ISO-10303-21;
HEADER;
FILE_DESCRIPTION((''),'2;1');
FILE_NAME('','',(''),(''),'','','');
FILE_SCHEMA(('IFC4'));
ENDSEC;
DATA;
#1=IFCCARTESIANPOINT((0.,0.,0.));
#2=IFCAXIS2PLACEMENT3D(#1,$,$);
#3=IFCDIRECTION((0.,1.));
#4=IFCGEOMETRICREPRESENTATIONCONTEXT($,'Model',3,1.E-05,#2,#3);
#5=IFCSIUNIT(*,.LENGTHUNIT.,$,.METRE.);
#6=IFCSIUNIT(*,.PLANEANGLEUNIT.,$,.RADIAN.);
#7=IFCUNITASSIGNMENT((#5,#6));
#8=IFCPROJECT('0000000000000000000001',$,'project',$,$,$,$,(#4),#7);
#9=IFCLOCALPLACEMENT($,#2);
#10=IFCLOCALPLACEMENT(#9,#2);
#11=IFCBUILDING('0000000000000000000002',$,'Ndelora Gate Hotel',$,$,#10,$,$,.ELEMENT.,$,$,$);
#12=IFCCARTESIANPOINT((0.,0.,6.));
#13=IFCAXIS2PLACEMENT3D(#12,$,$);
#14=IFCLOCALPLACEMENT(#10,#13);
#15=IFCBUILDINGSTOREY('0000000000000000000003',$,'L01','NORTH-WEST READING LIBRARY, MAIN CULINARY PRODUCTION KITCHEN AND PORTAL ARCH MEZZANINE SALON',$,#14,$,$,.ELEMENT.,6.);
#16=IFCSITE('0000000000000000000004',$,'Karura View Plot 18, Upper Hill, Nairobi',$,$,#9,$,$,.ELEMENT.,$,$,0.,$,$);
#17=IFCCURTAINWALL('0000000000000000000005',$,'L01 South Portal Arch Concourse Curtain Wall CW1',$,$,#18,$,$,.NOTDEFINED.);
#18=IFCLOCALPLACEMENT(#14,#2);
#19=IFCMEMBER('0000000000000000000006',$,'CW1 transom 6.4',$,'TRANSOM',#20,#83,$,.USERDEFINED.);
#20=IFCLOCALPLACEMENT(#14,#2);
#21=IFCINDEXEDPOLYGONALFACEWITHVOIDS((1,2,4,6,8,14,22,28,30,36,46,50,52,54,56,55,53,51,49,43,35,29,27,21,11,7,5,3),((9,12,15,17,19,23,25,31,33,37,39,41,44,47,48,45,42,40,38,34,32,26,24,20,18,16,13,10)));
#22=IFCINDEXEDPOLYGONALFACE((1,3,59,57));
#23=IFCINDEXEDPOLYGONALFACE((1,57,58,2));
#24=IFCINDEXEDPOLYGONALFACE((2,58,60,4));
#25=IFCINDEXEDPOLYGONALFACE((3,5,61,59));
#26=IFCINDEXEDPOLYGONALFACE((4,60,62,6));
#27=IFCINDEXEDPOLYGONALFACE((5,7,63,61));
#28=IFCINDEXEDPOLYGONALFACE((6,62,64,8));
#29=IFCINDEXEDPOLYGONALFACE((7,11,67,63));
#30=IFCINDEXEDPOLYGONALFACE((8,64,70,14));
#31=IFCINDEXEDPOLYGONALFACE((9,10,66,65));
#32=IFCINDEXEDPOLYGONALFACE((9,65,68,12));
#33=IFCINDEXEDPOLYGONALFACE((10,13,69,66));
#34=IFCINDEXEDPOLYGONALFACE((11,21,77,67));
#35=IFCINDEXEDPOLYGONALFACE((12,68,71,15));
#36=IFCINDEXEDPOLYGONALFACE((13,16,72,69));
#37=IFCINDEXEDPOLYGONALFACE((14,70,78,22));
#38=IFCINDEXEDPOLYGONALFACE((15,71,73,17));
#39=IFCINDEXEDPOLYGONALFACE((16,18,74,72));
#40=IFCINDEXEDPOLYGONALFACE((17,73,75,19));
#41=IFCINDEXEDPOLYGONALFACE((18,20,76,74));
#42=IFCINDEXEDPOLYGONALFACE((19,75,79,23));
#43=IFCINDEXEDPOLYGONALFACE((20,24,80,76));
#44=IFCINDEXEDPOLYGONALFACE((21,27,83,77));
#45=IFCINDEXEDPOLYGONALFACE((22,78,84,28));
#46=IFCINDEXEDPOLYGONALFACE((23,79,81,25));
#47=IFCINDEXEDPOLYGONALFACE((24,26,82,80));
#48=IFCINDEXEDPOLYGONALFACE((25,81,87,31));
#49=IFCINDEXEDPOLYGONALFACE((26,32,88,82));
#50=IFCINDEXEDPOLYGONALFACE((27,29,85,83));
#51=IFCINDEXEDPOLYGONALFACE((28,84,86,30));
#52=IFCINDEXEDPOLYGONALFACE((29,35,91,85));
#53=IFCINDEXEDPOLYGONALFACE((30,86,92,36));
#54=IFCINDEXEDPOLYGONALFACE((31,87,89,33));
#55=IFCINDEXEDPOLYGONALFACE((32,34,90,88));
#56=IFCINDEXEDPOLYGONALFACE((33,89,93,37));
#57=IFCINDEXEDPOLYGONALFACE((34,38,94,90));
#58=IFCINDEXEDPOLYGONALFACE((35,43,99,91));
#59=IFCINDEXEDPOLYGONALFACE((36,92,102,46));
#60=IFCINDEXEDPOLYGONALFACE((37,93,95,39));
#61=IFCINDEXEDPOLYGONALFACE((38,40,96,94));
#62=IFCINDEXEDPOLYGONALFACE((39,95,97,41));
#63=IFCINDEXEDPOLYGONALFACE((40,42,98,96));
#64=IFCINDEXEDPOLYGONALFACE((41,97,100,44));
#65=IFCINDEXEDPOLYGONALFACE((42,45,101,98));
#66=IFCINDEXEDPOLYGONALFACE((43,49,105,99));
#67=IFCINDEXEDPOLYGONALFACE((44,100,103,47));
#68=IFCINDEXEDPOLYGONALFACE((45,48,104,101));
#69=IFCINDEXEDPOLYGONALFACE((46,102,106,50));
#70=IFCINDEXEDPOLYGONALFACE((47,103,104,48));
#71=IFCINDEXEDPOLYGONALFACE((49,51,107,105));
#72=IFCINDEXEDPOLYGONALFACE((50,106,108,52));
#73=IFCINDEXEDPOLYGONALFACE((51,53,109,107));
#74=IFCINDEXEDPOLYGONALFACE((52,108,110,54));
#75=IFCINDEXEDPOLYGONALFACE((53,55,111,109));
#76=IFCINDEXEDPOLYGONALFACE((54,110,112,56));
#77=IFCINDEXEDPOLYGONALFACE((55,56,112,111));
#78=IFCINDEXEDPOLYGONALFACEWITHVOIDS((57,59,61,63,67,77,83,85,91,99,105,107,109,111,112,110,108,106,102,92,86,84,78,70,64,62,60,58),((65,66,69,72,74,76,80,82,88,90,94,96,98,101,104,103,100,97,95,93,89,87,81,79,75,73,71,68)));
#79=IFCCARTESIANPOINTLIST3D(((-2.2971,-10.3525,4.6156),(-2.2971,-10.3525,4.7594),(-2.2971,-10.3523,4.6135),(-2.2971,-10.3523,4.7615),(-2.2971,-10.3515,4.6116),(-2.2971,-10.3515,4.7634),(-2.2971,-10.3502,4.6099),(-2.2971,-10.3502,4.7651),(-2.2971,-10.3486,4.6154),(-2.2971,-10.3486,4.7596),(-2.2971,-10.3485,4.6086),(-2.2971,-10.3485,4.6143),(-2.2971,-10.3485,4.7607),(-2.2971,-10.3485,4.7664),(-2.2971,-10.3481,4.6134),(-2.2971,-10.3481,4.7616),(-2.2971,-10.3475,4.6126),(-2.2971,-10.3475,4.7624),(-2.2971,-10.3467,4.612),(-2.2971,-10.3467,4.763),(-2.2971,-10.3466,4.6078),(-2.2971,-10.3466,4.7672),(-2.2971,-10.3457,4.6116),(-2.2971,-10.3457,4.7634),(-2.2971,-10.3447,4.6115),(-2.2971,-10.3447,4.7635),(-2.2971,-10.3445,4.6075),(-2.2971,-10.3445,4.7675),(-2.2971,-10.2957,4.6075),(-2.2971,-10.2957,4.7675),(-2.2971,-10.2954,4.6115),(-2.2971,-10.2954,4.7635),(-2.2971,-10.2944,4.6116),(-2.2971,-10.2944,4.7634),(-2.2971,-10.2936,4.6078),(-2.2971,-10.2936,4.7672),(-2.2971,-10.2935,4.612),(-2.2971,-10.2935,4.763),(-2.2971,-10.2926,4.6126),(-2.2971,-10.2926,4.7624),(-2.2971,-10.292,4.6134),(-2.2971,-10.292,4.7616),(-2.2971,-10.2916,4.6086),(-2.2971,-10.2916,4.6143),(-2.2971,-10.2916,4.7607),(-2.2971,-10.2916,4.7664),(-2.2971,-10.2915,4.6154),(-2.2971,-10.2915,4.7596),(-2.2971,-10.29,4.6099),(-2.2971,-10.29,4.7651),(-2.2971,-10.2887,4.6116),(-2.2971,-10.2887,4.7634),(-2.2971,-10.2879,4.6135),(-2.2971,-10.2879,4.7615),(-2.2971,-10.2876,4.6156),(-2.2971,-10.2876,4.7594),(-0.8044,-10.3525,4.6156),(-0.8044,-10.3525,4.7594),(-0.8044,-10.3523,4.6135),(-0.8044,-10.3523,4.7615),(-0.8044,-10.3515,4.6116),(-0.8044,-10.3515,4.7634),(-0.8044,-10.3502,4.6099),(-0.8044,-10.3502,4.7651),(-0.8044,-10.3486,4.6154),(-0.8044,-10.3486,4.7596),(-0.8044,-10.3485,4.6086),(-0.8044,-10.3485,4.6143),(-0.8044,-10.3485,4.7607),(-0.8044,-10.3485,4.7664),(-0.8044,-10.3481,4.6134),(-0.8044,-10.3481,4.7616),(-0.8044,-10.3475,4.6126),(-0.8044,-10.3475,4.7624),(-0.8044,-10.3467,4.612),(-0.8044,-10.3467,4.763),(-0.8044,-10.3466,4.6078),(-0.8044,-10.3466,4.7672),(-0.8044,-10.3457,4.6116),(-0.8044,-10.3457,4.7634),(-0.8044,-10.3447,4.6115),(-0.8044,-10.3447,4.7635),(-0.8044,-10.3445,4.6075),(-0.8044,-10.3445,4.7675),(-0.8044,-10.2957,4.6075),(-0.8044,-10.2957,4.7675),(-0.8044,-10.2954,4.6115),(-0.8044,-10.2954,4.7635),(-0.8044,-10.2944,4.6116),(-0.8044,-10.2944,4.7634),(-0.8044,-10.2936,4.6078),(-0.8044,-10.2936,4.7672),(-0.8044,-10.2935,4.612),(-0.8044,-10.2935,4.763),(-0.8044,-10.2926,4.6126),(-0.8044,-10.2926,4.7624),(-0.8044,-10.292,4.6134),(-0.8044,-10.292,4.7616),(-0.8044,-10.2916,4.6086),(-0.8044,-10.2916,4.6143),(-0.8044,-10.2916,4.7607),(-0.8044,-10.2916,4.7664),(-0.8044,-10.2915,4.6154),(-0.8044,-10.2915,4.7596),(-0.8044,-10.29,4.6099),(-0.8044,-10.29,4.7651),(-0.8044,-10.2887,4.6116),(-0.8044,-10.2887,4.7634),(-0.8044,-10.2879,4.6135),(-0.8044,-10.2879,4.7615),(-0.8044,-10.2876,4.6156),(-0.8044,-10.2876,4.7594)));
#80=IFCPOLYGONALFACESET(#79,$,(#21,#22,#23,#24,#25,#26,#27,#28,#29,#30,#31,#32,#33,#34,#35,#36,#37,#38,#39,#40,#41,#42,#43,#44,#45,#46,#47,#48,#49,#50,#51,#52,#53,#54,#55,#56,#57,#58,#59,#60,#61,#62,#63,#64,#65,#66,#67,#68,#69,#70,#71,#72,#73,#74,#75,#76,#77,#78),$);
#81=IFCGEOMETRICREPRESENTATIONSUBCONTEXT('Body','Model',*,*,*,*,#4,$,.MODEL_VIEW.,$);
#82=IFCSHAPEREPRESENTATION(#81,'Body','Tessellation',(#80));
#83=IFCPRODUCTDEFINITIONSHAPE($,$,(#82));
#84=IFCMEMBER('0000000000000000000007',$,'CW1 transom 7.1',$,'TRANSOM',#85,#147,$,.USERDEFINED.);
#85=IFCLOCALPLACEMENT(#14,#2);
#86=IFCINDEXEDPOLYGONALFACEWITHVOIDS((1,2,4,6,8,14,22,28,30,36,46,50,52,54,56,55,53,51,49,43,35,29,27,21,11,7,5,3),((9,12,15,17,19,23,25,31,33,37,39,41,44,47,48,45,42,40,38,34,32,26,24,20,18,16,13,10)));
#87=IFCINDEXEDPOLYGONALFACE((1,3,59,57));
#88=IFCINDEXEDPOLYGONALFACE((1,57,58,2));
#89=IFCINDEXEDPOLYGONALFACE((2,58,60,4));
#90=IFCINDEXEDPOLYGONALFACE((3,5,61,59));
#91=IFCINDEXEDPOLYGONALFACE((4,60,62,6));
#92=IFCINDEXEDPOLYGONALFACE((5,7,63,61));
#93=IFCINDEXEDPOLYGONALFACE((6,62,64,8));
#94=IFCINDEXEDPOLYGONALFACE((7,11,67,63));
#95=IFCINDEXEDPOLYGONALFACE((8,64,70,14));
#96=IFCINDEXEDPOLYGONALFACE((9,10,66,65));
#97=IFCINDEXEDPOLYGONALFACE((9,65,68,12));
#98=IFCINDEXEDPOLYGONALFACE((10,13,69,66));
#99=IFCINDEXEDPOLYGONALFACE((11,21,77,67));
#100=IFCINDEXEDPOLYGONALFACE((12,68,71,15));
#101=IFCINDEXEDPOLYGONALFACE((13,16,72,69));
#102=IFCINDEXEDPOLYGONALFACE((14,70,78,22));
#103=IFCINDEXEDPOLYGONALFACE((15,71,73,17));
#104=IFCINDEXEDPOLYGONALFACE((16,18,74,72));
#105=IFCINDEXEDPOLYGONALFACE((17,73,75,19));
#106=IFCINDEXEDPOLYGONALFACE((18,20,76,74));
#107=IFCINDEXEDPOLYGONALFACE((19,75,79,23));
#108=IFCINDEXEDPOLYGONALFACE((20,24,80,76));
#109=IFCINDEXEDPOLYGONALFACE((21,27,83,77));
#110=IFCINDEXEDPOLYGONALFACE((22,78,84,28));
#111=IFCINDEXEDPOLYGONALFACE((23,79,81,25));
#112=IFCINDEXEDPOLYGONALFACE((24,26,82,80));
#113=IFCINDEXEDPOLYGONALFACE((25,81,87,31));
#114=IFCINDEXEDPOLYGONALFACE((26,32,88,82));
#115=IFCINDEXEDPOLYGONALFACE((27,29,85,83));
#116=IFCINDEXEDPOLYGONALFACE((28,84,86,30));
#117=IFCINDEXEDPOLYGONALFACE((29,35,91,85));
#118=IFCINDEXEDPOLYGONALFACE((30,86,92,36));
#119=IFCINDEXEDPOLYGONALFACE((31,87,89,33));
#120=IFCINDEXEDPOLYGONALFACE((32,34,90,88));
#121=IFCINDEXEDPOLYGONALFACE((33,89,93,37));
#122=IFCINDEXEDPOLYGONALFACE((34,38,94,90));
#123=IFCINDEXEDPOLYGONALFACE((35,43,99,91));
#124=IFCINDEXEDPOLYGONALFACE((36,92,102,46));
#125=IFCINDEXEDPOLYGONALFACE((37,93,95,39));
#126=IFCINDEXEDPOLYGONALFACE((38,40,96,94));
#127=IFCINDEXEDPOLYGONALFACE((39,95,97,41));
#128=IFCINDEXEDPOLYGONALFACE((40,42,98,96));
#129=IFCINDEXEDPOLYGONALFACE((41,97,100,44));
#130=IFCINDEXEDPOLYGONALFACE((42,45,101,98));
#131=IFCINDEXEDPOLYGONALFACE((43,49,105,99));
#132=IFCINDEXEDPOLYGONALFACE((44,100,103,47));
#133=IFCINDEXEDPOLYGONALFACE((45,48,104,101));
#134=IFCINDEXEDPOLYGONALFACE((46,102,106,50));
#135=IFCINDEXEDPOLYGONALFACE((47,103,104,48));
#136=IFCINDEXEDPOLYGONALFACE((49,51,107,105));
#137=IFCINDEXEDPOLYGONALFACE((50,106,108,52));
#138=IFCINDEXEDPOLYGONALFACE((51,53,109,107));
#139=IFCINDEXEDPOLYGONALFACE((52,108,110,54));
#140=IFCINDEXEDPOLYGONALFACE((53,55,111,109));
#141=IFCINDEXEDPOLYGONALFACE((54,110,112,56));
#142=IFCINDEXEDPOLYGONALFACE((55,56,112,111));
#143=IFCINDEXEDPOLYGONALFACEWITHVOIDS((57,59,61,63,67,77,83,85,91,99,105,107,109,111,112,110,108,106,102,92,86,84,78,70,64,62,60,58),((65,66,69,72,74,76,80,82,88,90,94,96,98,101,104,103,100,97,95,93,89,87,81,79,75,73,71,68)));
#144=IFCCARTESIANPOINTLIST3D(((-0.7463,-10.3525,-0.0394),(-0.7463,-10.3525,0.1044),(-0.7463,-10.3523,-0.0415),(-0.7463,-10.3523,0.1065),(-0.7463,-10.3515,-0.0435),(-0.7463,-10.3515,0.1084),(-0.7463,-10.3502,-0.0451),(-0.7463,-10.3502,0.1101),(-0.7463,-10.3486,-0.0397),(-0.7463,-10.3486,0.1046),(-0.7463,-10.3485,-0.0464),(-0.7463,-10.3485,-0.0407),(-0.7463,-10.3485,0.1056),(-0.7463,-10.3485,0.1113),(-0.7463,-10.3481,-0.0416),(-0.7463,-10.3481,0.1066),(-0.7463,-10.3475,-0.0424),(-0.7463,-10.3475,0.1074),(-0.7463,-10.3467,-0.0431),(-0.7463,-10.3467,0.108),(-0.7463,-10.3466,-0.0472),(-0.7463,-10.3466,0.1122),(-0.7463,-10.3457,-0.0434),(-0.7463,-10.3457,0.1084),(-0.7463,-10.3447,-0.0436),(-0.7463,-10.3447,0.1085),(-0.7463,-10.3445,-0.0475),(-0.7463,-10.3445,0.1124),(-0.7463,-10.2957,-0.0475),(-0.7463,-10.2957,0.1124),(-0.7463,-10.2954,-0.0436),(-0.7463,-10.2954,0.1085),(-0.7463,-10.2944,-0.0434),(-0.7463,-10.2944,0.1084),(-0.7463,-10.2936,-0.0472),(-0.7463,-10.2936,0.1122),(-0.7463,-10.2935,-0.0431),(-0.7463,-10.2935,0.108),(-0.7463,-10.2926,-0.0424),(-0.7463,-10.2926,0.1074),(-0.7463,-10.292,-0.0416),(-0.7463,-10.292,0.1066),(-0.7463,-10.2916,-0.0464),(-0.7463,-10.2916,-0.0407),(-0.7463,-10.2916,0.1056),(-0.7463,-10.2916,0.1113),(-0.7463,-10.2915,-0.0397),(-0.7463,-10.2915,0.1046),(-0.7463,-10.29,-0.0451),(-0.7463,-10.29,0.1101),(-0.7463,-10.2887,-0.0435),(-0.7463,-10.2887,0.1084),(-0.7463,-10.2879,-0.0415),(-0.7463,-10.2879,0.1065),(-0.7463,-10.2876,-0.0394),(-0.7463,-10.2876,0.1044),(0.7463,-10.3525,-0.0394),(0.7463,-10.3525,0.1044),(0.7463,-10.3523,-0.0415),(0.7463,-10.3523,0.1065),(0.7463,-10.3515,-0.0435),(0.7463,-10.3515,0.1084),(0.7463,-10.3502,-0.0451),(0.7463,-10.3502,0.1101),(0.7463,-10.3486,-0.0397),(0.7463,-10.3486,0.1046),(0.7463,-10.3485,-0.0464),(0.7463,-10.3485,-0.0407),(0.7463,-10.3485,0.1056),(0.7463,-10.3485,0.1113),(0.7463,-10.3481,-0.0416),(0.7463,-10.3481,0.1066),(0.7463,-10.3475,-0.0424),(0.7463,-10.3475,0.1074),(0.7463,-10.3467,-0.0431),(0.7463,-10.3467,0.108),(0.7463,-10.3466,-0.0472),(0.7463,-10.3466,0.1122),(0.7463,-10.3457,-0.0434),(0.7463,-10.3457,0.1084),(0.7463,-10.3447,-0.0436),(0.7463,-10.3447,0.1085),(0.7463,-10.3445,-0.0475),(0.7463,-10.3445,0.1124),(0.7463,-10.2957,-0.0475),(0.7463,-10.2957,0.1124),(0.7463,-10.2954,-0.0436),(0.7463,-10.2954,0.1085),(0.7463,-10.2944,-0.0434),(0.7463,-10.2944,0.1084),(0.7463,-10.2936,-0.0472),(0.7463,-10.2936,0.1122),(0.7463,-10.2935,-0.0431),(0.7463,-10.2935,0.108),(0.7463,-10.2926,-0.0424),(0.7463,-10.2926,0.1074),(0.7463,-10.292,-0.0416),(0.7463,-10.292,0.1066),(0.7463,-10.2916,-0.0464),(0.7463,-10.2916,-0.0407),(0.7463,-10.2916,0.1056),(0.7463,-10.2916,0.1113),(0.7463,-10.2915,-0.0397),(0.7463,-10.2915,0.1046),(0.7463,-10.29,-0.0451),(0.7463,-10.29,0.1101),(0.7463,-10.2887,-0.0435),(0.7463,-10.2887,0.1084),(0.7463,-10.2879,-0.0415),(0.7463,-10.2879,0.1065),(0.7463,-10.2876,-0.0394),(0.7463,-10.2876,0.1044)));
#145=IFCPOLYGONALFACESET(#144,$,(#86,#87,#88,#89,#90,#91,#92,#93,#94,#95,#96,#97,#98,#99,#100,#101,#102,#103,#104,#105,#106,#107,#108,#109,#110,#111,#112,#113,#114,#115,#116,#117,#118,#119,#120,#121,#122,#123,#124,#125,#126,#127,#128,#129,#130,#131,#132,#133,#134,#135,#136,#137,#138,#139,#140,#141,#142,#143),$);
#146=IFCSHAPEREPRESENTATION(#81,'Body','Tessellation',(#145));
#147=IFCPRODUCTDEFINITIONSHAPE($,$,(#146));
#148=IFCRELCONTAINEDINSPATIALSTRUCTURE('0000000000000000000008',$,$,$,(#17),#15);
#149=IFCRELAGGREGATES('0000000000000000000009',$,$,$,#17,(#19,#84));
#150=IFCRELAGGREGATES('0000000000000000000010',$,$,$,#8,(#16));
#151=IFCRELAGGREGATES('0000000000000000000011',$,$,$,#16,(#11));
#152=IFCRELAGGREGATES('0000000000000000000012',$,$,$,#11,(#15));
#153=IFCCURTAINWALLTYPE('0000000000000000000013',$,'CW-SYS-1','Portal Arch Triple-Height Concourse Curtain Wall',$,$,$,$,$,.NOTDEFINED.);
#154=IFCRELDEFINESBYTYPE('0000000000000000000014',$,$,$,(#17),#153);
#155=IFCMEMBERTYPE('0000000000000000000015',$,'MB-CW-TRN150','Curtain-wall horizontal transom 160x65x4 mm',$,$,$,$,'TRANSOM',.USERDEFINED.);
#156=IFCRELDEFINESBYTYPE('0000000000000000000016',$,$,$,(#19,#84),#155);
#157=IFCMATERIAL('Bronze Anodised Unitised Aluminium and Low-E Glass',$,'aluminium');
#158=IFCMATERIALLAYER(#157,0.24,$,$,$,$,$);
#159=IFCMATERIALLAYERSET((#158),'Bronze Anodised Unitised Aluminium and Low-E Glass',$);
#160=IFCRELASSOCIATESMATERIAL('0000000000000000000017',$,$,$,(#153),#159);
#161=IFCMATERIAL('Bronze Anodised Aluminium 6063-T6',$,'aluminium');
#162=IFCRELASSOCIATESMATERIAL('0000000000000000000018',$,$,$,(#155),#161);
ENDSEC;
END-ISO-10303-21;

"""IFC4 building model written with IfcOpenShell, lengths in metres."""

from ifc_helpers import new_model, si_unit, direction, frame, origin, origin_2d, place, context, subcontext, project, spatial, hollow_rectangle, extrude, material, layer, layer_set, material_profile, profile_set, type_object, element, aggregate, save


model = new_model("IFC4")

# Units and contexts
model_context = context("Model", 3, precision=1e-05, world=origin(), true_north=direction((0.0, 1.0)))
body_context = subcontext(model_context, "Body", "Model", "MODEL_VIEW")
ifc_project = project(units=[si_unit("LENGTHUNIT", "METRE"), si_unit("PLANEANGLEUNIT", "RADIAN")], contexts=[model_context])

# Site, building, storey
site_placement = place(None, origin())
site = spatial("IfcSite", under=ifc_project, at=site_placement, Name="Karura View Plot 18, Upper Hill, Nairobi", CompositionType="ELEMENT", RefElevation=0.0)
building_placement = place(site_placement, origin())
building = spatial("IfcBuilding", under=site, at=building_placement, Name="Ndelora Gate Hotel", CompositionType="ELEMENT")
storey_placement = place(building_placement, frame((0.0, 0.0, 6.0)))
storey = spatial("IfcBuildingStorey", under=building, at=storey_placement, Name="L01", Description="NORTH-WEST READING LIBRARY, MAIN CULINARY PRODUCTION KITCHEN AND PORTAL ARCH MEZZANINE SALON", CompositionType="ELEMENT", Elevation=6.0)

# Curtain wall, members
ifc_material_1 = material(Name="Bronze Anodised Unitised Aluminium and Low-E Glass", Category="aluminium")
ifc_layer_1 = layer(ifc_material_1, 0.24)
ifc_layer_set_1 = layer_set([ifc_layer_1], Name="Bronze Anodised Unitised Aluminium and Low-E Glass")
curtain_wall_type = type_object("IfcCurtainWallType", Name="CW-SYS-1", Description="Portal Arch Triple-Height Concourse Curtain Wall", PredefinedType="NOTDEFINED", material=ifc_layer_set_1)
curtain_wall_placement = place(storey_placement, origin())
curtain_wall = element("IfcCurtainWall", 1, at=curtain_wall_placement, inside=storey, type_object=curtain_wall_type, Name="L01 South Portal Arch Concourse Curtain Wall CW1", PredefinedType="NOTDEFINED")
ifc_material_2 = material(Name="Bronze Anodised Aluminium 6063-T6", Category="aluminium")
ifc_material_profile_1 = material_profile(ifc_material_2, hollow_rectangle(XDim=0.0649, YDim=0.1599, WallThickness=0.0039, InnerFilletRadius=0.0039, OuterFilletRadius=0.0081, at=origin_2d()), Name="ALU 160x65x4")
ifc_profile_set_1 = profile_set([ifc_material_profile_1], Name="Bronze Anodised Aluminium 6063-T6")
member_type_1 = type_object("IfcMemberType", Name="MB-CW-TRN150", Description="Curtain-wall horizontal transom 160x65x4 mm", ElementType="TRANSOM", PredefinedType="USERDEFINED", material=ifc_profile_set_1)
member_1_placement = place(storey_placement, frame((-2.2971, -10.3201, 4.6875), z_axis=(1.0, 0.0, 0.0), x_axis=(0.0, 1.0, 0.0)))
member_1 = element("IfcMember", 2, at=member_1_placement, type_object=member_type_1, Name="CW1 transom 6.4", ObjectType="TRANSOM", PredefinedType="USERDEFINED", context=body_context, shape_type="SweptSolid", body=[
    extrude(hollow_rectangle(XDim=0.0649, YDim=0.1599, WallThickness=0.0039, InnerFilletRadius=0.0039, OuterFilletRadius=0.0081, at=origin_2d()), origin(), (0.0, 0.0, 1.0), 1.4927),
])
member_2_placement = place(storey_placement, frame((-0.7463, -10.3201, 0.0325), z_axis=(1.0, 0.0, 0.0), x_axis=(0.0, 1.0, 0.0)))
member_2 = element("IfcMember", 3, at=member_2_placement, type_object=member_type_1, Name="CW1 transom 7.1", ObjectType="TRANSOM", PredefinedType="USERDEFINED", context=body_context, shape_type="SweptSolid", body=[
    extrude(hollow_rectangle(XDim=0.0649, YDim=0.1599, WallThickness=0.0039, InnerFilletRadius=0.0039, OuterFilletRadius=0.0081, at=origin_2d()), origin(), (0.0, 0.0, 1.0), 1.4927),
])
aggregate(curtain_wall, [member_1, member_2])

save(model, "model.ifc")
